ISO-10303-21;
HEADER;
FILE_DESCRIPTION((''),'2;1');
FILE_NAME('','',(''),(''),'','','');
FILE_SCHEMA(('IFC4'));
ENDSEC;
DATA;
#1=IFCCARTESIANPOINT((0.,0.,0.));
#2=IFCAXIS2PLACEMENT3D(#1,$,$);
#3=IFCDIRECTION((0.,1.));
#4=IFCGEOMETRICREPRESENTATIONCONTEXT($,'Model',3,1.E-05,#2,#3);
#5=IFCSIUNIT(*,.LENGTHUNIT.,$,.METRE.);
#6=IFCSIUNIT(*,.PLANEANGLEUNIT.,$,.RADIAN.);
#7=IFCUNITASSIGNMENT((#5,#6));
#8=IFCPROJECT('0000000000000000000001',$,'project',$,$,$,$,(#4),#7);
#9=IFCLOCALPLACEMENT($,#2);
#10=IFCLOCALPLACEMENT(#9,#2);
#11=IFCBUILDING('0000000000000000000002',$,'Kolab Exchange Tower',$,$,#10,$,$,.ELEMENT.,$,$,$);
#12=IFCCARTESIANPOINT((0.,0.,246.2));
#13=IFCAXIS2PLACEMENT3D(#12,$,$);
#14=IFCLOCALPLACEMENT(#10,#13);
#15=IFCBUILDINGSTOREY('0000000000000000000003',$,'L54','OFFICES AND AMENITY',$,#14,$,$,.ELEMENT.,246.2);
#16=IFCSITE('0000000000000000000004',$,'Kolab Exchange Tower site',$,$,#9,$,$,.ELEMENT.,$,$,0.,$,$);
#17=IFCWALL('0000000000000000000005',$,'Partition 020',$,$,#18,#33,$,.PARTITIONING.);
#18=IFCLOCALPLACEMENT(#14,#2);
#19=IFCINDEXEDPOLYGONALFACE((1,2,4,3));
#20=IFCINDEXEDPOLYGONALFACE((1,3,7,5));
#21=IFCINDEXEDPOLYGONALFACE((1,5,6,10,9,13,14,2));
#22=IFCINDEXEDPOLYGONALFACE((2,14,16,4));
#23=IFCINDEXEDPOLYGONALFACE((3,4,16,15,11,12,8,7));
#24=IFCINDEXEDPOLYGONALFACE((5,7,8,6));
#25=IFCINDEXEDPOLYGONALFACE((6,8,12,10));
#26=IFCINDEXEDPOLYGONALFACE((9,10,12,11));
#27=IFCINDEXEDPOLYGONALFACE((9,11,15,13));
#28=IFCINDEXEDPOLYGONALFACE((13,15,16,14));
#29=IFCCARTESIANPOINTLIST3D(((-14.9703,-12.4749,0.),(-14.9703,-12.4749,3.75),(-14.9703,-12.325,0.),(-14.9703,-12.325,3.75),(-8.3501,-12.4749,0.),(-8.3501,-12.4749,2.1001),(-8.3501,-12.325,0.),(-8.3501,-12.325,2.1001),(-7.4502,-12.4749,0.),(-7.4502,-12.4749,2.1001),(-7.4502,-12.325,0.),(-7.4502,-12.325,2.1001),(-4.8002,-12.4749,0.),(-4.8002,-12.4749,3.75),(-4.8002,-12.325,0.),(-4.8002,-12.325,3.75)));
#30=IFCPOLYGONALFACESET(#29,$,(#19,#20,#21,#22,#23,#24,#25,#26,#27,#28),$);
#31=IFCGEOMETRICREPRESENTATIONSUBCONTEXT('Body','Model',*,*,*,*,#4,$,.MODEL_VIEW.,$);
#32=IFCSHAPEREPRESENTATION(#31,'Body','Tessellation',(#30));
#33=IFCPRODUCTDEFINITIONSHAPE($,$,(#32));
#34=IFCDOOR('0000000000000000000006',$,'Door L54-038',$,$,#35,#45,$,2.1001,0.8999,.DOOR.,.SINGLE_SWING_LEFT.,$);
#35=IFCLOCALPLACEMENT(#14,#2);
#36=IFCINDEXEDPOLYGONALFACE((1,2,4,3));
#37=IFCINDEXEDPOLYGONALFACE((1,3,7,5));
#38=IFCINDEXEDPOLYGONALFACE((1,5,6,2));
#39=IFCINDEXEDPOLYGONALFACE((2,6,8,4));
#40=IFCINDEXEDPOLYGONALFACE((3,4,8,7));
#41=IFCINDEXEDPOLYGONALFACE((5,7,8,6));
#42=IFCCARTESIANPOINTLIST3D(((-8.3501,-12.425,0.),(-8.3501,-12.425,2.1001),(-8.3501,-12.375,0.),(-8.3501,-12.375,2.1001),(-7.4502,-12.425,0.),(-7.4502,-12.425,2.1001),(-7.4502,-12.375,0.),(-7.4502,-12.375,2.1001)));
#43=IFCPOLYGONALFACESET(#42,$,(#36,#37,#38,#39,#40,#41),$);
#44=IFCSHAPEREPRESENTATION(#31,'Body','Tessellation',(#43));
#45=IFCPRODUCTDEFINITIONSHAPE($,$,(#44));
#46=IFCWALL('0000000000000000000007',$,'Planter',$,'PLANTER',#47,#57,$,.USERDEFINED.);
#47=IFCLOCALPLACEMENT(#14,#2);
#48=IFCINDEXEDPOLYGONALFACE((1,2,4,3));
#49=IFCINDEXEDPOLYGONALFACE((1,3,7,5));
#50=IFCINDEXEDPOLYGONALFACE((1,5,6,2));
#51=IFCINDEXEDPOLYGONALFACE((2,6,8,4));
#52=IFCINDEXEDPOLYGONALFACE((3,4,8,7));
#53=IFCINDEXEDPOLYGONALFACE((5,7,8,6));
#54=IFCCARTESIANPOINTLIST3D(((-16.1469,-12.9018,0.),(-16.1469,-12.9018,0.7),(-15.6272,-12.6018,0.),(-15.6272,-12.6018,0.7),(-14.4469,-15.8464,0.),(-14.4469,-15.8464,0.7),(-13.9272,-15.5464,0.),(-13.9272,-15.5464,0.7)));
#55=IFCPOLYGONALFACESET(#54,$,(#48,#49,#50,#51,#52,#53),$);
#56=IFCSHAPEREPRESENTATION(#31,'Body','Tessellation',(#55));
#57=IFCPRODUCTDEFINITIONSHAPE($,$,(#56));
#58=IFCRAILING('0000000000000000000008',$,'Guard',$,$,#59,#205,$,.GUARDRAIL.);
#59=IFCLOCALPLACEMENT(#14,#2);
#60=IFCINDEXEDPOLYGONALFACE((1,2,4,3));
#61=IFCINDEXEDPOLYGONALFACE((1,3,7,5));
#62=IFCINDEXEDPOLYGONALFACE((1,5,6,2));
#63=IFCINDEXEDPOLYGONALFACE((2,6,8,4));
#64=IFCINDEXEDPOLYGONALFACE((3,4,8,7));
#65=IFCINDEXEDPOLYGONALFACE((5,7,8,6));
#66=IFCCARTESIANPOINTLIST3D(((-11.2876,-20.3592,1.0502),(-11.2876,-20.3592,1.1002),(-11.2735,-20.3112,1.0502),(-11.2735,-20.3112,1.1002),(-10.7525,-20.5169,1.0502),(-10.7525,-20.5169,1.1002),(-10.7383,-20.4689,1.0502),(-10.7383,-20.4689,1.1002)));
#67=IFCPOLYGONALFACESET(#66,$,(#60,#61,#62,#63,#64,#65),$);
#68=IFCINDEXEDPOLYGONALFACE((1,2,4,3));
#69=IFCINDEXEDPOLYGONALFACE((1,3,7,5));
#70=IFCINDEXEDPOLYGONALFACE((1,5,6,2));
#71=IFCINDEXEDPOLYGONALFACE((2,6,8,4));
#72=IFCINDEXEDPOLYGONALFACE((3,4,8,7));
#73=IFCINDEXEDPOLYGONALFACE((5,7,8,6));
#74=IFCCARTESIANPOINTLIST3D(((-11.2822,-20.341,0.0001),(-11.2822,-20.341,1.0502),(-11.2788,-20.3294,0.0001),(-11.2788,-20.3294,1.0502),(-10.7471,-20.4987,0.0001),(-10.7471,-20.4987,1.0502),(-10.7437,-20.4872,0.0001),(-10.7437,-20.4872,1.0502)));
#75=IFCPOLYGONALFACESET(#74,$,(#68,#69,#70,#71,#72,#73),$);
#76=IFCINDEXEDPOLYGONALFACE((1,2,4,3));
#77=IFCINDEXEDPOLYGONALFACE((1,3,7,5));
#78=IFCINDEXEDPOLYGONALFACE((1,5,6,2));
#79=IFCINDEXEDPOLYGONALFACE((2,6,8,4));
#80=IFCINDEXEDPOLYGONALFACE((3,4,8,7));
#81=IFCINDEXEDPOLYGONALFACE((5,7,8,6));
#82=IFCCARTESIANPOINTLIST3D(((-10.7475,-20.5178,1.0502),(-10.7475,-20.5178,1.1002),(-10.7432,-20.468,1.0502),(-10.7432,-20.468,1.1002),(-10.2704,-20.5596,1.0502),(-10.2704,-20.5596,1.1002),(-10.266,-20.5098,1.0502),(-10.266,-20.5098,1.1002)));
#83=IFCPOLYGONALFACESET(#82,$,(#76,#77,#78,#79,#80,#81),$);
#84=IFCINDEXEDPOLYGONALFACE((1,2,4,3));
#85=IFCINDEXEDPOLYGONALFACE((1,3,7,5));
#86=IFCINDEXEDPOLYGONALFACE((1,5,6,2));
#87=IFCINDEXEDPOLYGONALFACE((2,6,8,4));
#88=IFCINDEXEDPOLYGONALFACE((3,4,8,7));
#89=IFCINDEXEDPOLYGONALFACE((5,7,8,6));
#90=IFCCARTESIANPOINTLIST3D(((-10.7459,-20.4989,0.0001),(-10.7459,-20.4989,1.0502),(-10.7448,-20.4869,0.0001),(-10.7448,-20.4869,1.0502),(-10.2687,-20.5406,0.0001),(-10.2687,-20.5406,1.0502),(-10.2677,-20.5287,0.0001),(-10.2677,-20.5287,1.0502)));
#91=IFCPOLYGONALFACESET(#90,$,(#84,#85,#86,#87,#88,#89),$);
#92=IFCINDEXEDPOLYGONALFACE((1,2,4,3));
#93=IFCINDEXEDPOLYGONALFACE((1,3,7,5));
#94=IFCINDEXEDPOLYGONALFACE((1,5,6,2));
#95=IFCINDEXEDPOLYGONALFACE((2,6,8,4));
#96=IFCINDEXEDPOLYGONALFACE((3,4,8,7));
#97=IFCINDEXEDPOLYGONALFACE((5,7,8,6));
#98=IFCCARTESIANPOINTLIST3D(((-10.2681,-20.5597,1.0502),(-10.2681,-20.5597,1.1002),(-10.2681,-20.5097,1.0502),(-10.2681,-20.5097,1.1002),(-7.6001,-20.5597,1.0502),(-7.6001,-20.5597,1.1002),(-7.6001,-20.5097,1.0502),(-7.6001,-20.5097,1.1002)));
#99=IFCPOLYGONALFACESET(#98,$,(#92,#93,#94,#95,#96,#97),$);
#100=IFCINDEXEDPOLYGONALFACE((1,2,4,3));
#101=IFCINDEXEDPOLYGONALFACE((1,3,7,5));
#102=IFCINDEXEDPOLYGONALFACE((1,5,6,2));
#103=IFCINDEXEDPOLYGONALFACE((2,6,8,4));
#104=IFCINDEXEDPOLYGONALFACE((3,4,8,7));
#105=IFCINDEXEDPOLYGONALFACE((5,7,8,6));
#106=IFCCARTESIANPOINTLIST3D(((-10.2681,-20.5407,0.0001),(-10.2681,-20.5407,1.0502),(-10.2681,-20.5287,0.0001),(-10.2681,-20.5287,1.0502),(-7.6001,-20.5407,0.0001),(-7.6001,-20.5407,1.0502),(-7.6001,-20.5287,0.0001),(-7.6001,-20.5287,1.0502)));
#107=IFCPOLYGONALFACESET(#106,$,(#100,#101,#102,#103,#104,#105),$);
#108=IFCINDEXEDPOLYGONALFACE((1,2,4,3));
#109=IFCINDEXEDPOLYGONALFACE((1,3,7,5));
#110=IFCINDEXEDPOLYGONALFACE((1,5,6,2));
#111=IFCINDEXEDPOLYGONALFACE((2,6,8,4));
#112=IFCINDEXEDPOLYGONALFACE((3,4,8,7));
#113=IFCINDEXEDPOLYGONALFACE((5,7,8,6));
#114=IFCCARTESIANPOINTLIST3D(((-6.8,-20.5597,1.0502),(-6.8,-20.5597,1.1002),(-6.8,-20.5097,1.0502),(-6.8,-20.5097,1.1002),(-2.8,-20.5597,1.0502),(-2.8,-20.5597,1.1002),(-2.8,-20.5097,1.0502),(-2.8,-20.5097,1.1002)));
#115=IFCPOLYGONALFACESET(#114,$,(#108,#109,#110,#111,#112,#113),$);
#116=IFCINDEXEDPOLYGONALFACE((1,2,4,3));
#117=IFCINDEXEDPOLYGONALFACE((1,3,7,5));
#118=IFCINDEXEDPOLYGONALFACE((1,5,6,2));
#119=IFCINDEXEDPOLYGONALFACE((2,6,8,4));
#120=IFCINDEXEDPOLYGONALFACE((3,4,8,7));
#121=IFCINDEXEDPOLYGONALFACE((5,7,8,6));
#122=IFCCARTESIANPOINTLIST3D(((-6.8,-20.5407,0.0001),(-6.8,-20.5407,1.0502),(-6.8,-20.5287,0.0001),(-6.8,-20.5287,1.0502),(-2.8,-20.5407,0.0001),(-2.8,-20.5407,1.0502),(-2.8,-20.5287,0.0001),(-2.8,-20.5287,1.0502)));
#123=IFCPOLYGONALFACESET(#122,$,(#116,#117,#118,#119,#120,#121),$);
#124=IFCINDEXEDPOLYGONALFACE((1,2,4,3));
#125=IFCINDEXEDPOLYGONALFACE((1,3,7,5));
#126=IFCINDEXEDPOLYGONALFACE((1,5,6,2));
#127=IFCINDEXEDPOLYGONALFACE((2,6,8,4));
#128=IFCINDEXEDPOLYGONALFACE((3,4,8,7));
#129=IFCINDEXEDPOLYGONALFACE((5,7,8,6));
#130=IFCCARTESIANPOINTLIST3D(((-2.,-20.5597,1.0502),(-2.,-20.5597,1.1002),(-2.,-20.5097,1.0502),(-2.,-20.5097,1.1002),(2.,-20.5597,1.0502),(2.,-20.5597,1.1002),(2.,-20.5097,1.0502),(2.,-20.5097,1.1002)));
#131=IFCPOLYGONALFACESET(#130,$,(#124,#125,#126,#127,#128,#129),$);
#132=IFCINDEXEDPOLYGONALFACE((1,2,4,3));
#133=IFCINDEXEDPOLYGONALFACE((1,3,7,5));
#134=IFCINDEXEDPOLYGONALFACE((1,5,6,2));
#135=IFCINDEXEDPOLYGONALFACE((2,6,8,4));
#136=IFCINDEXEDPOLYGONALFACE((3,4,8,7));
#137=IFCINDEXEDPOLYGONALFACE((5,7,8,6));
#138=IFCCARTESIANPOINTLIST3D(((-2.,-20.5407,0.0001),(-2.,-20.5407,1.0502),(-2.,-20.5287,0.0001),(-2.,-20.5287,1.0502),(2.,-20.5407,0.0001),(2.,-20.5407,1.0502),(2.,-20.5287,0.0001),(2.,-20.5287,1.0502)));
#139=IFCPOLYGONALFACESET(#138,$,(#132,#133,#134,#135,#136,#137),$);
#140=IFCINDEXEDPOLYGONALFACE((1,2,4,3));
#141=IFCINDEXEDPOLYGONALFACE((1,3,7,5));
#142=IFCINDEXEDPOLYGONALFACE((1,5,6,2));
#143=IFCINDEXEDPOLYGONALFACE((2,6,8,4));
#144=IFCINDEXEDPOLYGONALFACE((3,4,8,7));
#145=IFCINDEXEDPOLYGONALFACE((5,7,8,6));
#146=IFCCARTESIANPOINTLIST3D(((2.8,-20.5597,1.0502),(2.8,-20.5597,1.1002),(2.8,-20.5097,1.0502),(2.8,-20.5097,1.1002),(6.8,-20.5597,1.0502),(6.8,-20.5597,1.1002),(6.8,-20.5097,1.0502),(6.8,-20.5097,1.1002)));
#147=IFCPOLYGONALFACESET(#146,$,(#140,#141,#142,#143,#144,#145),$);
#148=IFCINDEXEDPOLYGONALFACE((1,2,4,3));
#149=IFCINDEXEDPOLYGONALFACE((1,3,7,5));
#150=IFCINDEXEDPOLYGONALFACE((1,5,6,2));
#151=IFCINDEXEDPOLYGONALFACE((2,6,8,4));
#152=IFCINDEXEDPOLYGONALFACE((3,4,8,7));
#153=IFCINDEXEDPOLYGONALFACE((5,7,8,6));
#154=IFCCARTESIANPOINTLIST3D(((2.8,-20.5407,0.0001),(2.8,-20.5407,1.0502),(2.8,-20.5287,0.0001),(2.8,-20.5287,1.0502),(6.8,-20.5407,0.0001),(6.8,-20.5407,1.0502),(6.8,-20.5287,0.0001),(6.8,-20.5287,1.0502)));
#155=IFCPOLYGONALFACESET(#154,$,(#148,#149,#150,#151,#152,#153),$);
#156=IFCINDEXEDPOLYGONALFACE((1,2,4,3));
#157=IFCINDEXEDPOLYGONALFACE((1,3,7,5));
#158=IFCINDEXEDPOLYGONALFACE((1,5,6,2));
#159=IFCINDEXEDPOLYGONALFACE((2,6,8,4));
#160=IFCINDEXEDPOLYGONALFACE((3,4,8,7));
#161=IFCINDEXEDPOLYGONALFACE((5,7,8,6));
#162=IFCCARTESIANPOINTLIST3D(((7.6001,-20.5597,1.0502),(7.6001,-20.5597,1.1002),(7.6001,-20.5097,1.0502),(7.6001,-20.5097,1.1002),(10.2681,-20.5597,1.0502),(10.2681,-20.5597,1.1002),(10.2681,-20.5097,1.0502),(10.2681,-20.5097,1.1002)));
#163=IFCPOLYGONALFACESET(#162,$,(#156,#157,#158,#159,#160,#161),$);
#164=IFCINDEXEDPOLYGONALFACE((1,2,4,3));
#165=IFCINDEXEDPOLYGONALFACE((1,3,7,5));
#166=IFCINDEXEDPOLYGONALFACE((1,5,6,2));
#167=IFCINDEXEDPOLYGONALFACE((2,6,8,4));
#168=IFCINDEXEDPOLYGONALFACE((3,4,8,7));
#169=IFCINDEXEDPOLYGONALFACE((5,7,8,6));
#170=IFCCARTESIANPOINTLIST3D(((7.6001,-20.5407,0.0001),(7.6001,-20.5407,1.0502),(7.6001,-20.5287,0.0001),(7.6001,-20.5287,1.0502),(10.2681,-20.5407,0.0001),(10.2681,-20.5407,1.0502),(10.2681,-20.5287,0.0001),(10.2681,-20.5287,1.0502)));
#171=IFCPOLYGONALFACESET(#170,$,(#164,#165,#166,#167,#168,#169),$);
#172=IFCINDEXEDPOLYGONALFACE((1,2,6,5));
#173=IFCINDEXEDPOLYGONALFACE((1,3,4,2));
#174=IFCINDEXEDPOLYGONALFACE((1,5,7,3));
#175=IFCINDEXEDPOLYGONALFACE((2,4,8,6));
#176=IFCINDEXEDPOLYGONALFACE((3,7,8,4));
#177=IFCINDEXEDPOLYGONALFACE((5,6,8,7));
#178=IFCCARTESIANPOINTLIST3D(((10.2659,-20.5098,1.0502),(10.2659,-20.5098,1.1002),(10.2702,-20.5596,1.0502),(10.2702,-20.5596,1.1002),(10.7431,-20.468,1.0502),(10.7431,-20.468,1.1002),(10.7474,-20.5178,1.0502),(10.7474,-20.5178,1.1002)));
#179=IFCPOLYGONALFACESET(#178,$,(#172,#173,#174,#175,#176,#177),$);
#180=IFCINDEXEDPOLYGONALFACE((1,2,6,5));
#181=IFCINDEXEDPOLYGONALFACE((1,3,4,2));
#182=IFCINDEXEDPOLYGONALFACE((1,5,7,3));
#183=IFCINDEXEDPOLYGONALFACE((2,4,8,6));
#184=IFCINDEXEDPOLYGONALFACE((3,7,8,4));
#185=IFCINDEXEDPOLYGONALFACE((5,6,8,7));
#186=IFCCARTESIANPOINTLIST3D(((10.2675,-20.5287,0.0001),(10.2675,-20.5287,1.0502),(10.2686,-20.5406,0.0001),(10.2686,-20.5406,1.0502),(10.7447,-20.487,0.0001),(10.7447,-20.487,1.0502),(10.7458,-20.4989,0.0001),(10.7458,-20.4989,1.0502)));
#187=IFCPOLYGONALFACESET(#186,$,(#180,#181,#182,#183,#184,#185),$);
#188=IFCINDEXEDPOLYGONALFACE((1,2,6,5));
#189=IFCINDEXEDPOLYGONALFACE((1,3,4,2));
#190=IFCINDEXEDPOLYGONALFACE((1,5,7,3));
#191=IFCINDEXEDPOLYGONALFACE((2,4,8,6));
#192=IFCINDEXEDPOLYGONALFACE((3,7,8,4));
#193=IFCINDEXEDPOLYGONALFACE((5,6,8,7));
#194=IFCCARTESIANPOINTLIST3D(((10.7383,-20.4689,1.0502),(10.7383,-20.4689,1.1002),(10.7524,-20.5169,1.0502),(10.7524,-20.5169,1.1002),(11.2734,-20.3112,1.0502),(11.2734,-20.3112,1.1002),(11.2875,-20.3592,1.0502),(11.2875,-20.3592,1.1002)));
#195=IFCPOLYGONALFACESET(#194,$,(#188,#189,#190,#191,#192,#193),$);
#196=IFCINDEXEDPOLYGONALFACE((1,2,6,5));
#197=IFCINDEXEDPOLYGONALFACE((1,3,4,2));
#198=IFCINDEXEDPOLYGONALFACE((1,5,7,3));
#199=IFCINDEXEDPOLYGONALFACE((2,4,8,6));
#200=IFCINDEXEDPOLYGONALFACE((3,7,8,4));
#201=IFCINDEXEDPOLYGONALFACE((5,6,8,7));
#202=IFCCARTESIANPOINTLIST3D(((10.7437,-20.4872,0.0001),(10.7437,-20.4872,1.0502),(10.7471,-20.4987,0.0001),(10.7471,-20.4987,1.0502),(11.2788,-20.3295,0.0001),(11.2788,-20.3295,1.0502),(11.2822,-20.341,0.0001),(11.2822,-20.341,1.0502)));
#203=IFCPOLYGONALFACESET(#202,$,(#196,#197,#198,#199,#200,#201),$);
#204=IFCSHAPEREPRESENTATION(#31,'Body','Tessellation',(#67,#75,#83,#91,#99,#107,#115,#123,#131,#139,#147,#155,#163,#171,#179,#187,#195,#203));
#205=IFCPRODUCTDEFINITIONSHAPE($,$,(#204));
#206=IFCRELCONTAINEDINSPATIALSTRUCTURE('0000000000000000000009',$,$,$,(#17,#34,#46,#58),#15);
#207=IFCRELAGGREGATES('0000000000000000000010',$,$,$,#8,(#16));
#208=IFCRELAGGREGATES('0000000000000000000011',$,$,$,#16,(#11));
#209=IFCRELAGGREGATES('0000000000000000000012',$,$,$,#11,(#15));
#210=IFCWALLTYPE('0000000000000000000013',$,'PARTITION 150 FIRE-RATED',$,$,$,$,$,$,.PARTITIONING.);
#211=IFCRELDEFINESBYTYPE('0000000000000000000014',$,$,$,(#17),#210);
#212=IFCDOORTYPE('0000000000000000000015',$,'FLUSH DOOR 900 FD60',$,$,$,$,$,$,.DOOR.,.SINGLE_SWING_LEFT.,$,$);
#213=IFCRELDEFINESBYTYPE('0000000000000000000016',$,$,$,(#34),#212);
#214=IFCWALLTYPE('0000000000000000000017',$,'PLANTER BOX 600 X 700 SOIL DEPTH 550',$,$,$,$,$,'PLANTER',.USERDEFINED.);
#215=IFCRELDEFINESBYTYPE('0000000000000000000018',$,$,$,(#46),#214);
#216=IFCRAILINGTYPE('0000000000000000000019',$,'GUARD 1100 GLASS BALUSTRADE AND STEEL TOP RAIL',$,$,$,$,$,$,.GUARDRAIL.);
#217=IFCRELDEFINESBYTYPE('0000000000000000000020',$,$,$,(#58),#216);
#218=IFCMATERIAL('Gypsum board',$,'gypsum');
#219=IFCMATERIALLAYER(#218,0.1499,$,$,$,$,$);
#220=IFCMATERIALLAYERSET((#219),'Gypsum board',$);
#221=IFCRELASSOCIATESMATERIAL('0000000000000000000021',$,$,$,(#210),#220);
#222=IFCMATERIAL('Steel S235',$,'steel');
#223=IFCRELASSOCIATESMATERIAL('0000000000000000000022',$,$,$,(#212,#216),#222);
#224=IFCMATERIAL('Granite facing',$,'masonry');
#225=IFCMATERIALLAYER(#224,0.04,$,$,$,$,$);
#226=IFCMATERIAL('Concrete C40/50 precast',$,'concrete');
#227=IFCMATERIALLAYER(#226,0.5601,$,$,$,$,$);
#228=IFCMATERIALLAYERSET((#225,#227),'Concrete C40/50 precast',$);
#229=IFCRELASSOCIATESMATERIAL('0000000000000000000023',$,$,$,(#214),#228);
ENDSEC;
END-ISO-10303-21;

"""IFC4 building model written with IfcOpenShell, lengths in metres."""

from ifc_helpers import new_model, si_unit, direction, frame, frame_2d, origin, origin_2d, place, context, subcontext, project, spatial, rectangle, extrude, material, layer, layer_set, type_object, element, fill, save


model = new_model("IFC4")

# Units and contexts
model_context = context("Model", 3, precision=1e-05, world=origin(), true_north=direction((0.0, 1.0)))
body_context = subcontext(model_context, "Body", "Model", "MODEL_VIEW")
ifc_project = project(units=[si_unit("LENGTHUNIT", "METRE"), si_unit("PLANEANGLEUNIT", "RADIAN")], contexts=[model_context])

# Site, building, storey
site_placement = place(None, origin())
site = spatial("IfcSite", under=ifc_project, at=site_placement, Name="Kolab Exchange Tower site", CompositionType="ELEMENT", RefElevation=0.0)
building_placement = place(site_placement, origin())
building = spatial("IfcBuilding", under=site, at=building_placement, Name="Kolab Exchange Tower", CompositionType="ELEMENT")
storey_placement = place(building_placement, frame((0.0, 0.0, 246.2)))
storey = spatial("IfcBuildingStorey", under=building, at=storey_placement, Name="L54", Description="OFFICES AND AMENITY", CompositionType="ELEMENT", Elevation=246.2)

# Shared definitions
ifc_material_1 = material(Name="Gypsum board", Category="gypsum")

# Shared definitions
ifc_layer_1 = layer(ifc_material_1, 0.1499)
ifc_layer_set_1 = layer_set([ifc_layer_1], Name="Gypsum board")
wall_type_1 = type_object("IfcWallType", Name="PARTITION 150 FIRE-RATED", PredefinedType="PARTITIONING", material=ifc_layer_set_1)
ifc_material_2 = material(Name="Steel S235", Category="steel")

# Wall, opening, door
wall_1_placement = place(storey_placement, frame((-14.9702, -12.3999, 0.0), z_axis=(0.0, 0.0, 1.0), x_axis=(1.0, 0.0, 0.0)))
wall_1 = element("IfcWall", 1, at=wall_1_placement, inside=storey, type_object=wall_type_1, Name="Partition 020", PredefinedType="PARTITIONING", context=body_context, shape_type="SweptSolid", body=[
    extrude(rectangle(XDim=10.1702, YDim=0.1499, at=frame_2d((5.085, 0.0))), origin(), (0.0, 0.0, 1.0), 3.75),
])
opening_1_placement = place(wall_1_placement, frame((6.6201, 0.0, 0.0)))
opening_1 = element("IfcOpeningElement", 2, at=opening_1_placement, cuts=wall_1, PredefinedType="OPENING", context=body_context, shape_type="SweptSolid", body=[
    extrude(rectangle(XDim=0.8999, YDim=2.1001, at=frame_2d((0.45, 1.05))), frame((0.0, 0.085, 0.0), z_axis=(0.0, -1.0, 0.0), x_axis=(1.0, 0.0, 0.0)), (0.0, 0.0, 1.0), 0.1699),
])
door_type_1 = type_object("IfcDoorType", Name="FLUSH DOOR 900 FD60", OperationType="SINGLE_SWING_LEFT", PredefinedType="DOOR", material=ifc_material_2)
door_1_placement = place(opening_1_placement, origin())
door_1 = element("IfcDoor", 3, at=door_1_placement, inside=storey, type_object=door_type_1, Name="Door L54-038", OperationType="SINGLE_SWING_LEFT", OverallHeight=2.1001, OverallWidth=0.8999, PredefinedType="DOOR", context=body_context, shape_type="SweptSolid", body=[
    extrude(rectangle(XDim=0.8999, YDim=2.1001, at=frame_2d((0.45, 1.05))), frame((0.0, 0.0249, 0.0), z_axis=(0.0, -1.0, 0.0), x_axis=(1.0, 0.0, 0.0)), (0.0, 0.0, 1.0), 0.05),
])
fill(opening_1, door_1)

# Wall
ifc_material_3 = material(Name="Granite facing", Category="masonry")
ifc_layer_2 = layer(ifc_material_3, 0.04)
ifc_material_4 = material(Name="Concrete C40/50 precast", Category="concrete")
ifc_layer_3 = layer(ifc_material_4, 0.5601)
ifc_layer_set_2 = layer_set([ifc_layer_2, ifc_layer_3], Name="Concrete C40/50 precast")
wall_type_2 = type_object("IfcWallType", Name="PLANTER BOX 600 X 700 SOIL DEPTH 550", ElementType="PLANTER", PredefinedType="USERDEFINED", material=ifc_layer_set_2)
wall_2_placement = place(storey_placement, frame((-14.187, -15.6965, 0.0), z_axis=(0.0, 0.0, 1.0), x_axis=(-0.499977, 0.866039, 0.0)))
element("IfcWall", 4, at=wall_2_placement, inside=storey, type_object=wall_type_2, Name="Planter", ObjectType="PLANTER", PredefinedType="USERDEFINED", context=body_context, shape_type="SweptSolid", body=[
    extrude(rectangle(XDim=3.4001, YDim=0.6001, at=frame_2d((1.7002, 0.0))), origin(), (0.0, 0.0, 1.0), 0.7),
])

# Railing
railing_type = type_object("IfcRailingType", Name="GUARD 1100 GLASS BALUSTRADE AND STEEL TOP RAIL", PredefinedType="GUARDRAIL", material=ifc_material_2)
railing_placement = place(storey_placement, frame((-11.2805, -20.3352, 0.0)))
element("IfcRailing", 5, at=railing_placement, inside=storey, type_object=railing_type, Name="Guard", PredefinedType="GUARDRAIL", context=body_context, shape_type="SweptSolid", body=[
    extrude(rectangle(XDim=0.05, YDim=0.05, at=origin_2d()), frame((0.0, 0.0, 1.0752), z_axis=(0.959212, -0.282687, 0.0), x_axis=(0.282687, 0.959212, 0.0)), (0.0, 0.0, 1.0), 0.5579),
    extrude(rectangle(XDim=0.012, YDim=1.0501, at=frame_2d((0.0, 0.5251))), frame((0.0, 0.0, 0.0), z_axis=(0.959212, -0.282687, 0.0), x_axis=(0.282687, 0.959212, 0.0)), (0.0, 0.0, 1.0), 0.5579),
    extrude(rectangle(XDim=0.05, YDim=0.05, at=origin_2d()), frame((0.5352, -0.1577, 1.0752), z_axis=(0.996196, -0.087135, 0.0), x_axis=(0.087135, 0.996196, 0.0)), (0.0, 0.0, 1.0), 0.479),
    extrude(rectangle(XDim=0.012, YDim=1.0501, at=frame_2d((0.0, 0.5251))), frame((0.5352, -0.1577, 0.0), z_axis=(0.996196, -0.087135, 0.0), x_axis=(0.087135, 0.996196, 0.0)), (0.0, 0.0, 1.0), 0.479),
    extrude(rectangle(XDim=0.05, YDim=0.05, at=origin_2d()), frame((1.0125, -0.1995, 1.0752), z_axis=(1.0, 0.0, 0.0), x_axis=(0.0, 1.0, 0.0)), (0.0, 0.0, 1.0), 2.668),
    extrude(rectangle(XDim=0.012, YDim=1.0501, at=frame_2d((0.0, 0.5251))), frame((1.0125, -0.1995, 0.0), z_axis=(1.0, 0.0, 0.0), x_axis=(0.0, 1.0, 0.0)), (0.0, 0.0, 1.0), 2.668),
    extrude(rectangle(XDim=0.05, YDim=0.05, at=origin_2d()), frame((4.4805, -0.1995, 1.0752), z_axis=(1.0, 0.0, 0.0), x_axis=(0.0, 1.0, 0.0)), (0.0, 0.0, 1.0), 4.0),
    extrude(rectangle(XDim=0.012, YDim=1.0501, at=frame_2d((0.0, 0.5251))), frame((4.4805, -0.1995, 0.0), z_axis=(1.0, 0.0, 0.0), x_axis=(0.0, 1.0, 0.0)), (0.0, 0.0, 1.0), 4.0),
    extrude(rectangle(XDim=0.05, YDim=0.05, at=origin_2d()), frame((9.2805, -0.1995, 1.0752), z_axis=(1.0, 0.0, 0.0), x_axis=(0.0, 1.0, 0.0)), (0.0, 0.0, 1.0), 4.0),
    extrude(rectangle(XDim=0.012, YDim=1.0501, at=frame_2d((0.0, 0.5251))), frame((9.2805, -0.1995, 0.0), z_axis=(1.0, 0.0, 0.0), x_axis=(0.0, 1.0, 0.0)), (0.0, 0.0, 1.0), 4.0),
    extrude(rectangle(XDim=0.05, YDim=0.05, at=origin_2d()), frame((14.0806, -0.1995, 1.0752), z_axis=(1.0, 0.0, 0.0), x_axis=(0.0, 1.0, 0.0)), (0.0, 0.0, 1.0), 4.0),
    extrude(rectangle(XDim=0.012, YDim=1.0501, at=frame_2d((0.0, 0.5251))), frame((14.0806, -0.1995, 0.0), z_axis=(1.0, 0.0, 0.0), x_axis=(0.0, 1.0, 0.0)), (0.0, 0.0, 1.0), 4.0),
    extrude(rectangle(XDim=0.05, YDim=0.05, at=origin_2d()), frame((18.8806, -0.1995, 1.0752), z_axis=(1.0, 0.0, 0.0), x_axis=(0.0, 1.0, 0.0)), (0.0, 0.0, 1.0), 2.668),
    extrude(rectangle(XDim=0.012, YDim=1.0501, at=frame_2d((0.0, 0.5251))), frame((18.8806, -0.1995, 0.0), z_axis=(1.0, 0.0, 0.0), x_axis=(0.0, 1.0, 0.0)), (0.0, 0.0, 1.0), 2.668),
    extrude(rectangle(XDim=0.05, YDim=0.05, at=origin_2d()), frame((21.5486, -0.1995, 1.0752), z_axis=(0.996196, 0.087135, 0.0), x_axis=(-0.087135, 0.996196, 0.0)), (0.0, 0.0, 1.0), 0.479),
    extrude(rectangle(XDim=0.012, YDim=1.0501, at=frame_2d((0.0, 0.5251))), frame((21.5486, -0.1995, 0.0), z_axis=(0.996196, 0.087135, 0.0), x_axis=(-0.087135, 0.996196, 0.0)), (0.0, 0.0, 1.0), 0.479),
    extrude(rectangle(XDim=0.05, YDim=0.05, at=origin_2d()), frame((22.0259, -0.1577, 1.0752), z_axis=(0.959212, 0.282687, 0.0), x_axis=(-0.282687, 0.959212, 0.0)), (0.0, 0.0, 1.0), 0.5579),
    extrude(rectangle(XDim=0.012, YDim=1.0501, at=frame_2d((0.0, 0.5251))), frame((22.0259, -0.1577, 0.0), z_axis=(0.959212, 0.282687, 0.0), x_axis=(-0.282687, 0.959212, 0.0)), (0.0, 0.0, 1.0), 0.5579),
])

save(model, "model.ifc")
